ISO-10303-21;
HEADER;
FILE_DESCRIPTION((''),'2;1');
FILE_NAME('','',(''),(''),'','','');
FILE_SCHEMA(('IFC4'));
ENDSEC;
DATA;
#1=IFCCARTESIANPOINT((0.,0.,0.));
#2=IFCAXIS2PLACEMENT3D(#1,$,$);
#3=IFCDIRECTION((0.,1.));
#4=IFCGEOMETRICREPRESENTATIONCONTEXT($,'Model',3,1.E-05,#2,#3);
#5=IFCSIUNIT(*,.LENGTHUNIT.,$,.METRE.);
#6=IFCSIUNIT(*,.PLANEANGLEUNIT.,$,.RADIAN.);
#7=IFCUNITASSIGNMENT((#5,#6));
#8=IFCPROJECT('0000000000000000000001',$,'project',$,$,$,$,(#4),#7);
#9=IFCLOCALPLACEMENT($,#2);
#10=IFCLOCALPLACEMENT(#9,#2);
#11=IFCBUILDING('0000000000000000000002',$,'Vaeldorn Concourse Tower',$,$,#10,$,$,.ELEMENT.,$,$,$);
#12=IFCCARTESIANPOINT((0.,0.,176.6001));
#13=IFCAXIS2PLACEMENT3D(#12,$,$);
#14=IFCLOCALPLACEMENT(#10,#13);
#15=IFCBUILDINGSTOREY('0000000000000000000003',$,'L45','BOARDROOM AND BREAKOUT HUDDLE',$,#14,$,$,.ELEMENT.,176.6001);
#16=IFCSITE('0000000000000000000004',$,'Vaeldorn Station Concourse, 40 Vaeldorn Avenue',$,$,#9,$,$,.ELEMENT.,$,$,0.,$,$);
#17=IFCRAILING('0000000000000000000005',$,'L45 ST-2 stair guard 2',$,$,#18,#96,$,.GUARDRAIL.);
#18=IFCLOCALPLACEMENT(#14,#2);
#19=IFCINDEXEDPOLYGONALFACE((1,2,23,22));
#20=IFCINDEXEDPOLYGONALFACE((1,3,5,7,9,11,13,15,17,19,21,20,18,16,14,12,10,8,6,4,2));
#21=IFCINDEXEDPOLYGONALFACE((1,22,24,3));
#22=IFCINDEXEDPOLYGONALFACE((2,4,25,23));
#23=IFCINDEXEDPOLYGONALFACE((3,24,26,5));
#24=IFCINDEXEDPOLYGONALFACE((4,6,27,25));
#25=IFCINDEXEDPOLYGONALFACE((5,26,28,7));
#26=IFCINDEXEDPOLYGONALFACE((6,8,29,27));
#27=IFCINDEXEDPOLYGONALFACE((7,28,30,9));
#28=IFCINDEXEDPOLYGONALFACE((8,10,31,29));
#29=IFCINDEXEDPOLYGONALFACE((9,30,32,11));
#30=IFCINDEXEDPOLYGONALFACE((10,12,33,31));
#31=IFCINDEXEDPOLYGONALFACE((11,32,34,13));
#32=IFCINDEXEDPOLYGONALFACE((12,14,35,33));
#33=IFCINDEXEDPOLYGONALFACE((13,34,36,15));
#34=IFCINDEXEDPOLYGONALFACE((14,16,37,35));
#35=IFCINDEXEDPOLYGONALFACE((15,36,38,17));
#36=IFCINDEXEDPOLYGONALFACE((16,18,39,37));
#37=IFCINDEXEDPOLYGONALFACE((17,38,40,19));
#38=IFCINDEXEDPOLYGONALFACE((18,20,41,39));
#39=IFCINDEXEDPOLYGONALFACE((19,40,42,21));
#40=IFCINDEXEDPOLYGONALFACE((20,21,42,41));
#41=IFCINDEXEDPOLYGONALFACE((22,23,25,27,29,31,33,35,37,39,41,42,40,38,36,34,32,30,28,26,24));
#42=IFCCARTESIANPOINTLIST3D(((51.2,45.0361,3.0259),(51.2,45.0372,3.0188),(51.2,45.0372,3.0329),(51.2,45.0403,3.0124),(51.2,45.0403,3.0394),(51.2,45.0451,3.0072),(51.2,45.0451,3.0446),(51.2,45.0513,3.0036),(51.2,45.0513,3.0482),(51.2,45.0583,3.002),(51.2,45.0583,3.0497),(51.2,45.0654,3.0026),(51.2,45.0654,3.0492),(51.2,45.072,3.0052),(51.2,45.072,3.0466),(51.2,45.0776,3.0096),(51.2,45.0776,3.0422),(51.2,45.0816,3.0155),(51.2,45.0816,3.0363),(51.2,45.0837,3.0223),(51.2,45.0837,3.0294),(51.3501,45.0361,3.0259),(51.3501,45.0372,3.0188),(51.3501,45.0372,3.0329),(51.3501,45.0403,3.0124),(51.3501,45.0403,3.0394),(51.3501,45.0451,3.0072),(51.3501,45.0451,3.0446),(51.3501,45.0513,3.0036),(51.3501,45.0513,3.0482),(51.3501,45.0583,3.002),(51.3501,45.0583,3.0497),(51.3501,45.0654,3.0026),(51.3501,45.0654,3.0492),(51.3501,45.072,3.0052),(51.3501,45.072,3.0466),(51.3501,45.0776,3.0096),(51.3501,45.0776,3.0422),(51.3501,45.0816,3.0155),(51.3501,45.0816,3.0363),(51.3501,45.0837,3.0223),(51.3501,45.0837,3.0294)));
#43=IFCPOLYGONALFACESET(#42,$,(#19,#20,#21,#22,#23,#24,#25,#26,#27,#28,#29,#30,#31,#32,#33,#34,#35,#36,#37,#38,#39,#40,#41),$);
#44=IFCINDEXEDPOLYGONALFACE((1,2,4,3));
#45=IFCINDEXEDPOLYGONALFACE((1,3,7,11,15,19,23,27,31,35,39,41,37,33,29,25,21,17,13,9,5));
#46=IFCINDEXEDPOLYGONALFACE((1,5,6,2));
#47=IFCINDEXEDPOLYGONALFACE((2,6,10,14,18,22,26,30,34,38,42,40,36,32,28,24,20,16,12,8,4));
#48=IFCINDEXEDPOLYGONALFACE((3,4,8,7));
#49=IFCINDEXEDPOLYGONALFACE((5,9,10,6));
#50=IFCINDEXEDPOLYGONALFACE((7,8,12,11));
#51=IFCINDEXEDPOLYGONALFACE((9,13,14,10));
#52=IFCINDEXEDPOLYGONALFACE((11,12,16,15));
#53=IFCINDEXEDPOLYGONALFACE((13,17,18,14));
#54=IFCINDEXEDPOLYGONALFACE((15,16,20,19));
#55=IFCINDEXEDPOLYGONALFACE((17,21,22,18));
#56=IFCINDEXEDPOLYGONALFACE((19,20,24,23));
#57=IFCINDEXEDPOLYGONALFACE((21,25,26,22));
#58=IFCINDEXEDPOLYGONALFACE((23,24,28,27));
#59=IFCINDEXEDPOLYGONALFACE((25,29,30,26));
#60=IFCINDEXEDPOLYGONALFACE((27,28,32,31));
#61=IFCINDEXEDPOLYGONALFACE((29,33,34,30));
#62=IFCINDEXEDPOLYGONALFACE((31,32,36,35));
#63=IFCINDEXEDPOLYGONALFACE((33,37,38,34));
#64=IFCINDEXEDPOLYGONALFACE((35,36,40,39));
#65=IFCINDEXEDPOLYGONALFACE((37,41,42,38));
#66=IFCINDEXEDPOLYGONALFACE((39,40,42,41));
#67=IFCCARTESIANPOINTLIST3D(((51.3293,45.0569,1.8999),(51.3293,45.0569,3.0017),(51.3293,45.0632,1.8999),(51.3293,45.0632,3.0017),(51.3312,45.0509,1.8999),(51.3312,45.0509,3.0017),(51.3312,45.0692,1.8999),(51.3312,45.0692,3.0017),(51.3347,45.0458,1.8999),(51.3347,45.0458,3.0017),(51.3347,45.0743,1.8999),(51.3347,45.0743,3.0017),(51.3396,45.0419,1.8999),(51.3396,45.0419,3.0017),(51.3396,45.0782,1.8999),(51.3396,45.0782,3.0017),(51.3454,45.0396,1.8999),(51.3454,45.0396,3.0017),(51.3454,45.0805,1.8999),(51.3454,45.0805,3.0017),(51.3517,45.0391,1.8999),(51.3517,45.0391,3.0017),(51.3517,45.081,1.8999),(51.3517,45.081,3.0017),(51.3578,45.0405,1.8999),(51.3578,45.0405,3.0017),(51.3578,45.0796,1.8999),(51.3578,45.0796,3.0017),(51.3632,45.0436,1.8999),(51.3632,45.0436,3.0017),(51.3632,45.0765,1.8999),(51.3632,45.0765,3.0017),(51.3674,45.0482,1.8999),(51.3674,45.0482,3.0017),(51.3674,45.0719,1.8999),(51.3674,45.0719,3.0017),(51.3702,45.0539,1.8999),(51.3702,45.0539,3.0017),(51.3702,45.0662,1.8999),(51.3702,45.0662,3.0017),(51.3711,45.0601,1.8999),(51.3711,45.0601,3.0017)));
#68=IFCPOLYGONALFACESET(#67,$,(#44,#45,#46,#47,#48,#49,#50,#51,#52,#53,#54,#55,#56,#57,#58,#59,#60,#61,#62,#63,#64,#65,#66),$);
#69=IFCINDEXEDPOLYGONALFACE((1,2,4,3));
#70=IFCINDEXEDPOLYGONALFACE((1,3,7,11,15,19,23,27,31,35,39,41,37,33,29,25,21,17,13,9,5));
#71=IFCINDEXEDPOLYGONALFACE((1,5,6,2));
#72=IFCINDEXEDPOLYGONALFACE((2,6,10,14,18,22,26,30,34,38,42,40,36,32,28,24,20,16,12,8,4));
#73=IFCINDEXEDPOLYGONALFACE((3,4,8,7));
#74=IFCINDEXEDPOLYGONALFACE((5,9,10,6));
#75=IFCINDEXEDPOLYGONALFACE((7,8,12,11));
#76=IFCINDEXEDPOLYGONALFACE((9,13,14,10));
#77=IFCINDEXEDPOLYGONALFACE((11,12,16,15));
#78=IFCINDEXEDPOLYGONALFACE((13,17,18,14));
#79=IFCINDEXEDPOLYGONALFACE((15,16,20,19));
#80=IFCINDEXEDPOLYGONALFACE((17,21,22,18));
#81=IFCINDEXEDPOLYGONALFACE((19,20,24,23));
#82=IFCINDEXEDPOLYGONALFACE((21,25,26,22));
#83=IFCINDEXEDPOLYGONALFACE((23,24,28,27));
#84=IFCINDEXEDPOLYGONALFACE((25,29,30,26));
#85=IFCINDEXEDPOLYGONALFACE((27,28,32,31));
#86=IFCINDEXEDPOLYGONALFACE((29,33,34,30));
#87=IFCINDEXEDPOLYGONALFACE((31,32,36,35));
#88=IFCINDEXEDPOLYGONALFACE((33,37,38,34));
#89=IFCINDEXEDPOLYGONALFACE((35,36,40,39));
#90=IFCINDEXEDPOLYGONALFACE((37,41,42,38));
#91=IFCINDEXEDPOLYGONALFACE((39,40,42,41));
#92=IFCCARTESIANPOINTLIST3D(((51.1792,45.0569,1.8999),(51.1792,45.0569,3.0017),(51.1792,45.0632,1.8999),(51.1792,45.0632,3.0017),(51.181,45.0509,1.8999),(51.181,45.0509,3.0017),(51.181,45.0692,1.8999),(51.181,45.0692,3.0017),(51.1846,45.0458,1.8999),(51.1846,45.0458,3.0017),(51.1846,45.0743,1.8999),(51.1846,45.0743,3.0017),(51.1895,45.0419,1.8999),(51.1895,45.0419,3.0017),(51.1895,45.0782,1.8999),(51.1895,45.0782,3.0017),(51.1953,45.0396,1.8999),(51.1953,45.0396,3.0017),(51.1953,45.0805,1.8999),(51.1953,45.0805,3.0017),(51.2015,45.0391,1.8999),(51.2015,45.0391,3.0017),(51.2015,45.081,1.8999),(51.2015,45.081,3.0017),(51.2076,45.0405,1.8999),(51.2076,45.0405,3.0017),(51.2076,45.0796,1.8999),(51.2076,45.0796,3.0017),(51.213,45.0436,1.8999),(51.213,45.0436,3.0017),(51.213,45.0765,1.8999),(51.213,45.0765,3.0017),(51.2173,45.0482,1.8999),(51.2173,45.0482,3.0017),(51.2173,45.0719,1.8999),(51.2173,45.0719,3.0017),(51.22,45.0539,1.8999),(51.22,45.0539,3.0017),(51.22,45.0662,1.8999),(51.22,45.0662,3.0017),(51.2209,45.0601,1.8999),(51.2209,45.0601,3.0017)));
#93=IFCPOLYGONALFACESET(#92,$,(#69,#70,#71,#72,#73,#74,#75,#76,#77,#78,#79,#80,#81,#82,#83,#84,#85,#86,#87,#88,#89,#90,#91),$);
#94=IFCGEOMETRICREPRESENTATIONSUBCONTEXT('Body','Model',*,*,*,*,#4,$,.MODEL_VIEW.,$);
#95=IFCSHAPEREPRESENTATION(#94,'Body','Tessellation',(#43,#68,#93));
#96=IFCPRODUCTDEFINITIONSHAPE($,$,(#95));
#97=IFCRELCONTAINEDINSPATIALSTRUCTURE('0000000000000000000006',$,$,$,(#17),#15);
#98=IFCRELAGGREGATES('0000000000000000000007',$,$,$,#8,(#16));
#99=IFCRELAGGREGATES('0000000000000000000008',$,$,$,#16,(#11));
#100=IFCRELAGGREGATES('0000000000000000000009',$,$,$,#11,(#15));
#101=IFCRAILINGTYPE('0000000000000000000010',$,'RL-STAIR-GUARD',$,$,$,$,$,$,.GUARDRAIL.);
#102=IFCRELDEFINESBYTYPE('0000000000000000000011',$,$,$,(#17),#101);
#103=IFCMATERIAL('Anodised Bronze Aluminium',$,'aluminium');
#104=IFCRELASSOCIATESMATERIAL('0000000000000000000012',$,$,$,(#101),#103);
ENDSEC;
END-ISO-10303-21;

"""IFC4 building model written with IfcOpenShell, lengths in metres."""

from ifc_helpers import new_model, si_unit, direction, frame, origin, origin_2d, place, context, subcontext, project, spatial, circle, extrude, material, type_object, element, save


model = new_model("IFC4")

# Units and contexts
model_context = context("Model", 3, precision=1e-05, world=origin(), true_north=direction((0.0, 1.0)))
body_context = subcontext(model_context, "Body", "Model", "MODEL_VIEW")
ifc_project = project(units=[si_unit("LENGTHUNIT", "METRE"), si_unit("PLANEANGLEUNIT", "RADIAN")], contexts=[model_context])

# Site, building, storey
site_placement = place(None, origin())
site = spatial("IfcSite", under=ifc_project, at=site_placement, Name="Vaeldorn Station Concourse, 40 Vaeldorn Avenue", CompositionType="ELEMENT", RefElevation=0.0)
building_placement = place(site_placement, origin())
building = spatial("IfcBuilding", under=site, at=building_placement, Name="Vaeldorn Concourse Tower", CompositionType="ELEMENT")
storey_placement = place(building_placement, frame((0.0, 0.0, 176.6001)))
storey = spatial("IfcBuildingStorey", under=building, at=storey_placement, Name="L45", Description="BOARDROOM AND BREAKOUT HUDDLE", CompositionType="ELEMENT", Elevation=176.6001)

# Shared definitions
ifc_material_1 = material(Name="Anodised Bronze Aluminium", Category="aluminium")

# Railing
railing_type_1 = type_object("IfcRailingType", Name="RL-STAIR-GUARD", PredefinedType="GUARDRAIL", material=ifc_material_1)
railing_1_placement = place(storey_placement, frame((51.3501, 45.0601, 1.8999)))
element("IfcRailing", 1, at=railing_1_placement, inside=storey, type_object=railing_type_1, Name="L45 ST-2 stair guard 2", PredefinedType="GUARDRAIL", context=body_context, shape_type="SweptSolid", body=[
    extrude(circle(Radius=0.0239, at=origin_2d()), frame((0.0, 0.0, 1.126), z_axis=(-1.0, 0.0, 0.0), x_axis=(0.0, -1.0, 0.0)), (0.0, 0.0, 1.0), 0.1501),
    extrude(circle(Radius=0.021, at=origin_2d()), origin(), (0.0, 0.0, 1.0), 1.1018),
    extrude(circle(Radius=0.021, at=origin_2d()), frame((-0.1501, 0.0, 0.0)), (0.0, 0.0, 1.0), 1.1018),
])

save(model, "model.ifc")
